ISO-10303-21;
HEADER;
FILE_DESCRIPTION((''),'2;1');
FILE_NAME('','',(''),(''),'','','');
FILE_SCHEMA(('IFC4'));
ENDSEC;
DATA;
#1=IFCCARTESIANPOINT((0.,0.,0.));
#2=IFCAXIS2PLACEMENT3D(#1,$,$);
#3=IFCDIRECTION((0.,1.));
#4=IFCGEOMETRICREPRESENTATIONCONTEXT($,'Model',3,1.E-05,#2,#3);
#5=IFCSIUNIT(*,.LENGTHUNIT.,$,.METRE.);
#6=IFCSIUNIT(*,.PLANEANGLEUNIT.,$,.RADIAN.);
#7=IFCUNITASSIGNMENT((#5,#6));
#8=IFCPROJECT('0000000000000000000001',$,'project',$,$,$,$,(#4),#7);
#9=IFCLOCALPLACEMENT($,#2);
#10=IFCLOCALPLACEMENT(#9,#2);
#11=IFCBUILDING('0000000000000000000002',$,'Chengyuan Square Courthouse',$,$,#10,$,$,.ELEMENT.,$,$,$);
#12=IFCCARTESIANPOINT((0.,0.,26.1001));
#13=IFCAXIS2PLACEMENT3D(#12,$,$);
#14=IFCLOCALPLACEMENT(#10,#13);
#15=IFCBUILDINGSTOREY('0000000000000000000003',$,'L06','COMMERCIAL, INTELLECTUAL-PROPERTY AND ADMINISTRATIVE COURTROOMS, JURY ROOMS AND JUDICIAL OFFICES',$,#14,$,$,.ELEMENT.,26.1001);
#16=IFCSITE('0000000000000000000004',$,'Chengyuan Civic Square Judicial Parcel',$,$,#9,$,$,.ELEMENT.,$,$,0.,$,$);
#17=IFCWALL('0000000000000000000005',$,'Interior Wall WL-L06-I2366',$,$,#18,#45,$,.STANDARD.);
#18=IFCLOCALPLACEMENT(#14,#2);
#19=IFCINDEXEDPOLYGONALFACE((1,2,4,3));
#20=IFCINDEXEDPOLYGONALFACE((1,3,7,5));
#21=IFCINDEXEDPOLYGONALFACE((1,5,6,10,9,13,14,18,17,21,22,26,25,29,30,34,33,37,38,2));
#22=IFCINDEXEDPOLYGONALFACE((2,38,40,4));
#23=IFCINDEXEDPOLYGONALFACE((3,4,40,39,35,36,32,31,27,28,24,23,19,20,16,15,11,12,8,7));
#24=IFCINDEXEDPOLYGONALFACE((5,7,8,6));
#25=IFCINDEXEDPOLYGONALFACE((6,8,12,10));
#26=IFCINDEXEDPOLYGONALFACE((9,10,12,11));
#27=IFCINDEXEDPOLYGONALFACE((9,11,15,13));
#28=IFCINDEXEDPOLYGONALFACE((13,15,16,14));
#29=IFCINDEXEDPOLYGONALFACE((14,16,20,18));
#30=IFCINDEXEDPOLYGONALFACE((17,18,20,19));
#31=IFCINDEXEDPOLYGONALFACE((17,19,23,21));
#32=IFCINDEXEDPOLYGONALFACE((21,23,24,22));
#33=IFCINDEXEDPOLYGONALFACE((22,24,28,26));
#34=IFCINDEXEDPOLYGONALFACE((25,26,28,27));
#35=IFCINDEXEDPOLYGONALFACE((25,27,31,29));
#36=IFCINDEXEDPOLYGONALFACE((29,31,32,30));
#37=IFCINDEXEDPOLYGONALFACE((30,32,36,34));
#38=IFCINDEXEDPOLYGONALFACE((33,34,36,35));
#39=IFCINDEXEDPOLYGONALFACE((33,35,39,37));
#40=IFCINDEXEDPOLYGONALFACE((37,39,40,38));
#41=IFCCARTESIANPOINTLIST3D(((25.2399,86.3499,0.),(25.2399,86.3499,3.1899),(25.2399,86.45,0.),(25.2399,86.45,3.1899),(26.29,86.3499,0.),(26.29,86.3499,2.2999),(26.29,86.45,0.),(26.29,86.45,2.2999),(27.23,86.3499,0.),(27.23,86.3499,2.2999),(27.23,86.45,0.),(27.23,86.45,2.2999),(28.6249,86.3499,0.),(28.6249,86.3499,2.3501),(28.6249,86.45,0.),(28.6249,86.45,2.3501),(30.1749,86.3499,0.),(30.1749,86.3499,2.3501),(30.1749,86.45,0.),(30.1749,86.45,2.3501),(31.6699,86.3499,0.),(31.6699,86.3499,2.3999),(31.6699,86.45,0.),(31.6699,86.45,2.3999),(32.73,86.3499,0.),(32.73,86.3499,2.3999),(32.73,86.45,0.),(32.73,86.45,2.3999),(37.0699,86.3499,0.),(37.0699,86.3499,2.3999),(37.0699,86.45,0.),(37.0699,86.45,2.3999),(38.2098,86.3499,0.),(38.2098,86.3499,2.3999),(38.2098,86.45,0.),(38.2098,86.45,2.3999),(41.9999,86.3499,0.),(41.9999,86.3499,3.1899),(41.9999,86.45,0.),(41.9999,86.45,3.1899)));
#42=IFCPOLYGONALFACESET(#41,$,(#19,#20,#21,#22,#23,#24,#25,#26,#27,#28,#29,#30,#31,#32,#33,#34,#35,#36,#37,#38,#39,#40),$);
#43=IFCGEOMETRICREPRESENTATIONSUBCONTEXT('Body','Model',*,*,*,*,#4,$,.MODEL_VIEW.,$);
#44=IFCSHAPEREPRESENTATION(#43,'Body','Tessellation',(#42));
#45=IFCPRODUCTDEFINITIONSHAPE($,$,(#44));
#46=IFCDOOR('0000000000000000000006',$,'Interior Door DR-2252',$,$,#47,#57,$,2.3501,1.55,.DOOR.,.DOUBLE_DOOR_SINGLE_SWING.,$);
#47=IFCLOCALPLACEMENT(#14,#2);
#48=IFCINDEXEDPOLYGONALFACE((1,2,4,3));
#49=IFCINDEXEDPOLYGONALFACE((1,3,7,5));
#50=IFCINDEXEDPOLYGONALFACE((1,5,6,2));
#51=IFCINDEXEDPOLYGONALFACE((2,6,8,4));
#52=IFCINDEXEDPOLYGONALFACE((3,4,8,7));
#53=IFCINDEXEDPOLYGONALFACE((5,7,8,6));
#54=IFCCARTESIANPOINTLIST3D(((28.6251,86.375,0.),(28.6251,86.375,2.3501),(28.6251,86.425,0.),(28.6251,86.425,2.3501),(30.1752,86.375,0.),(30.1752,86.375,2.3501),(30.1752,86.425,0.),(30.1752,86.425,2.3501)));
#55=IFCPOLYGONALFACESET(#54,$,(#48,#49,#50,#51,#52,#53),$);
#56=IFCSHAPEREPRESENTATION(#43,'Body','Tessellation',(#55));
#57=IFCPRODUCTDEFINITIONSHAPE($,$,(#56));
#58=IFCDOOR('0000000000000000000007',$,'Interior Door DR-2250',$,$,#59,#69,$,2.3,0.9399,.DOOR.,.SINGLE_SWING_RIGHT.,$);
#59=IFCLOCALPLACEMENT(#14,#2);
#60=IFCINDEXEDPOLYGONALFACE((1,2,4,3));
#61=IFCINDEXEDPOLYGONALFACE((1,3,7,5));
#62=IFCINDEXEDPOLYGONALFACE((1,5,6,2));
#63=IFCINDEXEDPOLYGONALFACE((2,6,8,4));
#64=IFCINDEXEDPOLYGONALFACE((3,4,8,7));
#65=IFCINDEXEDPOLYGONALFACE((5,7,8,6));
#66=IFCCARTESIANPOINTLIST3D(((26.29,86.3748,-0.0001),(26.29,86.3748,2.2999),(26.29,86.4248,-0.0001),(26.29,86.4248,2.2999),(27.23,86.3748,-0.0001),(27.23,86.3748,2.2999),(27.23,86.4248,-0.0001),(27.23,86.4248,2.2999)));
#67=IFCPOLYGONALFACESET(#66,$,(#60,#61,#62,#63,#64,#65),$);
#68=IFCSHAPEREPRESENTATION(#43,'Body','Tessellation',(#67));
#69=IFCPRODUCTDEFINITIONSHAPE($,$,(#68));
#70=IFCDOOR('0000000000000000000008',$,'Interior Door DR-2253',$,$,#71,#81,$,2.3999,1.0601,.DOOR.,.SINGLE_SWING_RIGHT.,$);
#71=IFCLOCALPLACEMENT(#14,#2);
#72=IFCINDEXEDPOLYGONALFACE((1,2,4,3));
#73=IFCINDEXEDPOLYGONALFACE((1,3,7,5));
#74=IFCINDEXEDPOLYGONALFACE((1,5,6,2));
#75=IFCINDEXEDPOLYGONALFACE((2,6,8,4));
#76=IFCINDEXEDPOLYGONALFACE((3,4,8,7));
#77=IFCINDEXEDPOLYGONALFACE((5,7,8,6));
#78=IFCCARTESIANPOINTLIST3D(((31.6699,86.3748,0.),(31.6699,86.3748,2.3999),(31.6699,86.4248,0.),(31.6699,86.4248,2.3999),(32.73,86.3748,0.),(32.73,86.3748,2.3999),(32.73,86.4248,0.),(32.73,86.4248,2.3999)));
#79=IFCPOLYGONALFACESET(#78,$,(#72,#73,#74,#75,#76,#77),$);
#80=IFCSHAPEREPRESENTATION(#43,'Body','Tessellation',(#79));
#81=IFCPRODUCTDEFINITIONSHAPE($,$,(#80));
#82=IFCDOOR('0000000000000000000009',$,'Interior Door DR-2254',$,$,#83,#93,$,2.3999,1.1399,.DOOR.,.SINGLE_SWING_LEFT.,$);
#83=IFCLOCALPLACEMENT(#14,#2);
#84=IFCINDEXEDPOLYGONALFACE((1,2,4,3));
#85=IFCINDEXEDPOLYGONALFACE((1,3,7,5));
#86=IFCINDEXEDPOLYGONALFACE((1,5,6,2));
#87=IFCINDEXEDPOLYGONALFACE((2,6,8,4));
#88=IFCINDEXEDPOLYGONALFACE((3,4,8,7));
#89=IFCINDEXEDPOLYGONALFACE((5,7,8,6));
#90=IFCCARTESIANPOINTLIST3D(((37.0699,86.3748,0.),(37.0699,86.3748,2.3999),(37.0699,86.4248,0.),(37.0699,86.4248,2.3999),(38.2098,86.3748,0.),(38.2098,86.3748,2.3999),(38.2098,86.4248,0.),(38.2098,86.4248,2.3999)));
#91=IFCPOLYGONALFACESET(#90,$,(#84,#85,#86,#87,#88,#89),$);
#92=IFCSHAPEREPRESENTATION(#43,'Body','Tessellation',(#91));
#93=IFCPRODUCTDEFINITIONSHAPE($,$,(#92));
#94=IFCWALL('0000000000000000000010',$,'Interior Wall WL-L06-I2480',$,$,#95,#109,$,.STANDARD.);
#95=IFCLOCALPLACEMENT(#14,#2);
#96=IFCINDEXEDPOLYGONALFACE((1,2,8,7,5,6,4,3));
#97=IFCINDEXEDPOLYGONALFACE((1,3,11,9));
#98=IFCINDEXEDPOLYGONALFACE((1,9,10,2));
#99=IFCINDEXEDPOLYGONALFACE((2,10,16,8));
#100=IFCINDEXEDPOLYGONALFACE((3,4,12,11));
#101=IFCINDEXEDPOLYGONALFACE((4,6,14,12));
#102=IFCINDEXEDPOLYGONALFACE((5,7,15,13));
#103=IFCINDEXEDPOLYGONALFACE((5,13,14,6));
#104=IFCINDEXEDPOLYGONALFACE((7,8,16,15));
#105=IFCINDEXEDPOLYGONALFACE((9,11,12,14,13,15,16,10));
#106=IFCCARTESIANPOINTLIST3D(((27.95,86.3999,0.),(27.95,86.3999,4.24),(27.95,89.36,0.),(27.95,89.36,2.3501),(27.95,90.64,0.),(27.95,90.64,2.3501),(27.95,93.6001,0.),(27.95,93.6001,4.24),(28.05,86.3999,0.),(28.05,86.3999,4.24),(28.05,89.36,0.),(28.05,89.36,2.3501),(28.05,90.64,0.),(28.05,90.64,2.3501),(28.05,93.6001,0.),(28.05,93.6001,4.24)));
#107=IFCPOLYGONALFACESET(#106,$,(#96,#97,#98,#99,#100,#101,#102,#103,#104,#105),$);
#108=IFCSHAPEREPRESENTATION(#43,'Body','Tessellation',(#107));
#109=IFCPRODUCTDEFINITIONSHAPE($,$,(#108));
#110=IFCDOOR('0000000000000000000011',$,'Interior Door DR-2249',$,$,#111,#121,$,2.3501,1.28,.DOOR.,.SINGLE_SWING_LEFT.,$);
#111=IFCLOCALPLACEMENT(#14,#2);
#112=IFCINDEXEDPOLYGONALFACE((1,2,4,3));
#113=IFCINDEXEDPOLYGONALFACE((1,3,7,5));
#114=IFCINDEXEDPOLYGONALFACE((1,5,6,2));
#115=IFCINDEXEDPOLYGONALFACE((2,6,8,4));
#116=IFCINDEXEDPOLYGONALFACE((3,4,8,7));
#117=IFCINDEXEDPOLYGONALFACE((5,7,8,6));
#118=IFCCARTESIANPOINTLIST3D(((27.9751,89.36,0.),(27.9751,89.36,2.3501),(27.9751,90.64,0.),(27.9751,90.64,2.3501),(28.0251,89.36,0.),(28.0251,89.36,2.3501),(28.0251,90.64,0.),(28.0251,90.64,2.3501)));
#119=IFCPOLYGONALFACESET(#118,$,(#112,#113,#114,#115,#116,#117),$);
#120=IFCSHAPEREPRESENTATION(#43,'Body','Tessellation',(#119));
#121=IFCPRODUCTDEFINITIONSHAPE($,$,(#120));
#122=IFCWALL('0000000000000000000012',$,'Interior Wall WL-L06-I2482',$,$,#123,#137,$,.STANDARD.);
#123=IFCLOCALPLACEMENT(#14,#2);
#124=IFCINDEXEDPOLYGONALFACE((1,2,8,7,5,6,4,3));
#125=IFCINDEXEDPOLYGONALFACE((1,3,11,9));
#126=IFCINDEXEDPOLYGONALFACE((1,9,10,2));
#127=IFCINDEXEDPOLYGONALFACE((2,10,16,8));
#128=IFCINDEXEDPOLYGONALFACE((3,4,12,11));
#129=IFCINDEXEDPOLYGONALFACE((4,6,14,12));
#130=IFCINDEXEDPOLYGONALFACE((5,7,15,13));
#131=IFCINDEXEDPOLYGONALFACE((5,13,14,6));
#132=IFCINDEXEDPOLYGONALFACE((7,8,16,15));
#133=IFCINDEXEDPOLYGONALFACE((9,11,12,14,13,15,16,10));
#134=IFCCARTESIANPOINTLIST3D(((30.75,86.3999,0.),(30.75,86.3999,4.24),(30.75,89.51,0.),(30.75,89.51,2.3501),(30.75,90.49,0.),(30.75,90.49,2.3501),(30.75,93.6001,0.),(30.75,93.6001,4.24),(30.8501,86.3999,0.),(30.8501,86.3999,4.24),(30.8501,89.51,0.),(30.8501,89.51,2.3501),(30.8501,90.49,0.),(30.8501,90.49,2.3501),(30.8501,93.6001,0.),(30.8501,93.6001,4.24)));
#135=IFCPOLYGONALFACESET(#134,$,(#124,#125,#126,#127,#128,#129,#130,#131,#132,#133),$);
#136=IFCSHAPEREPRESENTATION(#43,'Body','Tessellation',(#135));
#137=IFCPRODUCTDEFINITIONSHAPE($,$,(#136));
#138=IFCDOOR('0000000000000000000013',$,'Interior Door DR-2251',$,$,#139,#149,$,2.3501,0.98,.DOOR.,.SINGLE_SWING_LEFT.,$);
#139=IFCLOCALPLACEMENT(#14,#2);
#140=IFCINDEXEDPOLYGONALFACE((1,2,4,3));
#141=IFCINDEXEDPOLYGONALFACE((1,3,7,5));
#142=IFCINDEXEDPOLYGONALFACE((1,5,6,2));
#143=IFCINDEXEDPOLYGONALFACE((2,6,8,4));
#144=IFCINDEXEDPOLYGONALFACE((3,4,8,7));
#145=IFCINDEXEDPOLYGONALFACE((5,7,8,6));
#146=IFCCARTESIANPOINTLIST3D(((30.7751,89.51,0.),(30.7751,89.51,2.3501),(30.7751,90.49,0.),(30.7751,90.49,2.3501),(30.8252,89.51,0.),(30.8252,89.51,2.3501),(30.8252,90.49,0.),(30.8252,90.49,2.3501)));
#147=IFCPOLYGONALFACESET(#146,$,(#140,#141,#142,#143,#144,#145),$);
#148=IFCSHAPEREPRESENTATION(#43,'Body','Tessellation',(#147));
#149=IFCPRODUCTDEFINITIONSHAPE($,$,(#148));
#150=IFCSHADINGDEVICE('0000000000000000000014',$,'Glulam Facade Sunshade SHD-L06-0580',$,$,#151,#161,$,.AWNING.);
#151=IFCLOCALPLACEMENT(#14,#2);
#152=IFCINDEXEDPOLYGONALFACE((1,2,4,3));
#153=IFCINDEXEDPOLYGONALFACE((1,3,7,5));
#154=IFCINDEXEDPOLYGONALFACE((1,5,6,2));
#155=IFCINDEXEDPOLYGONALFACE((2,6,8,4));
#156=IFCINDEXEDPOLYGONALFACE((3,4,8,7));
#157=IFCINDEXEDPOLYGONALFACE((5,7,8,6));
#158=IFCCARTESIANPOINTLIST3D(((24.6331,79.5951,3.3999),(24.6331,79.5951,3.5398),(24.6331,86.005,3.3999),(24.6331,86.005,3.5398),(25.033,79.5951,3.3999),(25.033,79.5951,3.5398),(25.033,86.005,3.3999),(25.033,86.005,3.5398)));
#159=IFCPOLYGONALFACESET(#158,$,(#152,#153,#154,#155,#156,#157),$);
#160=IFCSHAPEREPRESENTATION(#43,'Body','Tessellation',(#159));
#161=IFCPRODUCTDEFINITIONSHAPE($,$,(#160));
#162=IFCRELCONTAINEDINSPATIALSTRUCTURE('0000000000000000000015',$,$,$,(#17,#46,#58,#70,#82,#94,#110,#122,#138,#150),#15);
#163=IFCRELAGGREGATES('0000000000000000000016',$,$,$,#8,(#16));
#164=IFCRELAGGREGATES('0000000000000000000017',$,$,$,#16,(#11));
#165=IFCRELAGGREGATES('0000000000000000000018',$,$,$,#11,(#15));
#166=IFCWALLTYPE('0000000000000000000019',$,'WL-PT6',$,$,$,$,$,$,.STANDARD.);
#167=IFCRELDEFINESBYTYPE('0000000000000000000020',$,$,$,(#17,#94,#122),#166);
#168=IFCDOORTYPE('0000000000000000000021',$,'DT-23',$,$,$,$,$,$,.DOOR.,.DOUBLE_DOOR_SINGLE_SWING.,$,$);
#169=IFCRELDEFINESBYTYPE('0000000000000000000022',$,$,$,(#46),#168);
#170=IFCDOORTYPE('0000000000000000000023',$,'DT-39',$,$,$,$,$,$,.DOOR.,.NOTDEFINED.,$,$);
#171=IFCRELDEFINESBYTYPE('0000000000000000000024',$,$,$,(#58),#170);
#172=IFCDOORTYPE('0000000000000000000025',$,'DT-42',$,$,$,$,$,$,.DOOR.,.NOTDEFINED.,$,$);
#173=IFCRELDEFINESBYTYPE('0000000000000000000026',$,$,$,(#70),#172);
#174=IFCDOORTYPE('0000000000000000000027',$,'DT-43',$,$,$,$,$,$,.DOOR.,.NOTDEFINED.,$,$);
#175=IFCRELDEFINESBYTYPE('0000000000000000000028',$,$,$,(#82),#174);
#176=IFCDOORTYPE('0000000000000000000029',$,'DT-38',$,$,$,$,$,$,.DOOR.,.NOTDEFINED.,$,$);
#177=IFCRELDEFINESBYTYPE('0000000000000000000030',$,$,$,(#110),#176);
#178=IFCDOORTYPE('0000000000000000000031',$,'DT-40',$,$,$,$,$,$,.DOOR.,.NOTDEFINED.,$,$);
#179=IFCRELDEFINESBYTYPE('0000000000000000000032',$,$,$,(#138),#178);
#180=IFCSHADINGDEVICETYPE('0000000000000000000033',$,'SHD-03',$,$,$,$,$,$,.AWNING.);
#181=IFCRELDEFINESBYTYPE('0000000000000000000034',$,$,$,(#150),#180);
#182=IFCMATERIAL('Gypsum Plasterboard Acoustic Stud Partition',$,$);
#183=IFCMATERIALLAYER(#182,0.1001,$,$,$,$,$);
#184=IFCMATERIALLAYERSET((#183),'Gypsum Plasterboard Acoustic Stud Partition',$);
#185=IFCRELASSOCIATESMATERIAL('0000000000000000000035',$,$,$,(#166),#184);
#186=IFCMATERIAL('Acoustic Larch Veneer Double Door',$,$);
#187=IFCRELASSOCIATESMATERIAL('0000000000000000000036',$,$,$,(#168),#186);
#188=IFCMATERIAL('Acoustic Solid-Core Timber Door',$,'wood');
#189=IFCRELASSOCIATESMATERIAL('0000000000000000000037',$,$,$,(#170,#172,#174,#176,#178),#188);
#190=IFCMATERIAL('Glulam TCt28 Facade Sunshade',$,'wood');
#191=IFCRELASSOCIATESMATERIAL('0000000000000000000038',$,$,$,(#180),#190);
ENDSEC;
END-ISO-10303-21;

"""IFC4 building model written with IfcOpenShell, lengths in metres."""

from ifc_helpers import new_model, si_unit, direction, frame, frame_2d, origin, origin_2d, place, context, subcontext, project, spatial, rectangle, extrude, material, layer, layer_set, type_object, element, fill, save


model = new_model("IFC4")

# Units and contexts
model_context = context("Model", 3, precision=1e-05, world=origin(), true_north=direction((0.0, 1.0)))
body_context = subcontext(model_context, "Body", "Model", "MODEL_VIEW")
ifc_project = project(units=[si_unit("LENGTHUNIT", "METRE"), si_unit("PLANEANGLEUNIT", "RADIAN")], contexts=[model_context])

# Site, building, storey
site_placement = place(None, origin())
site = spatial("IfcSite", under=ifc_project, at=site_placement, Name="Chengyuan Civic Square Judicial Parcel", CompositionType="ELEMENT", RefElevation=0.0)
building_placement = place(site_placement, origin())
building = spatial("IfcBuilding", under=site, at=building_placement, Name="Chengyuan Square Courthouse", CompositionType="ELEMENT")
storey_placement = place(building_placement, frame((0.0, 0.0, 26.1001)))
storey = spatial("IfcBuildingStorey", under=building, at=storey_placement, Name="L06", Description="COMMERCIAL, INTELLECTUAL-PROPERTY AND ADMINISTRATIVE COURTROOMS, JURY ROOMS AND JUDICIAL OFFICES", CompositionType="ELEMENT", Elevation=26.1001)

# Shared definitions
ifc_material_1 = material(Name="Acoustic Larch Veneer Double Door")
ifc_material_2 = material(Name="Gypsum Plasterboard Acoustic Stud Partition")
ifc_layer_1 = layer(ifc_material_2, 0.1001)
ifc_layer_set_1 = layer_set([ifc_layer_1], Name="Gypsum Plasterboard Acoustic Stud Partition")
wall_type_1 = type_object("IfcWallType", Name="WL-PT6", PredefinedType="STANDARD", material=ifc_layer_set_1)

# Wall, openings, doors
wall_1_placement = place(storey_placement, frame((25.24, 86.3999, 0.0), z_axis=(0.0, 0.0, 1.0), x_axis=(1.0, 0.0, 0.0)))
wall_1 = element("IfcWall", 1, at=wall_1_placement, inside=storey, type_object=wall_type_1, Name="Interior Wall WL-L06-I2366", PredefinedType="STANDARD", context=body_context, shape_type="SweptSolid", body=[
    extrude(rectangle(XDim=16.76, YDim=0.1001, at=frame_2d((8.3799, 0.0))), origin(), (0.0, 0.0, 1.0), 3.1899),
])
opening_1_placement = place(wall_1_placement, frame((1.05, 0.0, 0.0)))
opening_1 = element("IfcOpeningElement", 2, at=opening_1_placement, cuts=wall_1, PredefinedType="OPENING", context=body_context, shape_type="SweptSolid", body=[
    extrude(rectangle(XDim=0.9399, YDim=2.3, at=frame_2d((0.47, 1.1499))), frame((0.0, 0.062, 0.0), z_axis=(0.0, -1.0, 0.0), x_axis=(1.0, 0.0, 0.0)), (0.0, 0.0, 1.0), 0.124),
])
opening_2_placement = place(wall_1_placement, frame((3.385, 0.0, 0.0)))
opening_2 = element("IfcOpeningElement", 3, at=opening_2_placement, cuts=wall_1, PredefinedType="OPENING", context=body_context, shape_type="SweptSolid", body=[
    extrude(rectangle(XDim=1.55, YDim=2.3501, at=frame_2d((0.7749, 1.175))), frame((0.0, 0.062, 0.0), z_axis=(0.0, -1.0, 0.0), x_axis=(1.0, 0.0, 0.0)), (0.0, 0.0, 1.0), 0.124),
])
opening_3_placement = place(wall_1_placement, frame((6.4299, 0.0, 0.0)))
opening_3 = element("IfcOpeningElement", 4, at=opening_3_placement, cuts=wall_1, PredefinedType="OPENING", context=body_context, shape_type="SweptSolid", body=[
    extrude(rectangle(XDim=1.0601, YDim=2.3999, at=frame_2d((0.53, 1.2))), frame((0.0, 0.062, 0.0), z_axis=(0.0, -1.0, 0.0), x_axis=(1.0, 0.0, 0.0)), (0.0, 0.0, 1.0), 0.124),
])
opening_4_placement = place(wall_1_placement, frame((11.8301, 0.0, 0.0)))
opening_4 = element("IfcOpeningElement", 5, at=opening_4_placement, cuts=wall_1, PredefinedType="OPENING", context=body_context, shape_type="SweptSolid", body=[
    extrude(rectangle(XDim=1.1399, YDim=2.3999, at=frame_2d((0.5698, 1.2))), frame((0.0, 0.062, 0.0), z_axis=(0.0, -1.0, 0.0), x_axis=(1.0, 0.0, 0.0)), (0.0, 0.0, 1.0), 0.124),
])
door_type_1 = type_object("IfcDoorType", Name="DT-23", OperationType="DOUBLE_DOOR_SINGLE_SWING", PredefinedType="DOOR", material=ifc_material_1)
door_1_placement = place(opening_2_placement, frame((1.55, 0.0, 0.0), z_axis=(0.0, 0.0, 1.0), x_axis=(-1.0, 0.0, 0.0)))
door_1 = element("IfcDoor", 6, at=door_1_placement, inside=storey, type_object=door_type_1, Name="Interior Door DR-2252", OperationType="DOUBLE_DOOR_SINGLE_SWING", OverallHeight=2.3501, OverallWidth=1.55, PredefinedType="DOOR", context=body_context, shape_type="SweptSolid", body=[
    extrude(rectangle(XDim=1.55, YDim=2.3501, at=frame_2d((0.7749, 1.175))), frame((0.0, 0.0249, 0.0), z_axis=(0.0, -1.0, 0.0), x_axis=(1.0, 0.0, 0.0)), (0.0, 0.0, 1.0), 0.05),
])
fill(opening_2, door_1)
ifc_material_3 = material(Name="Acoustic Solid-Core Timber Door", Category="wood")
door_type_2 = type_object("IfcDoorType", Name="DT-39", OperationType="NOTDEFINED", PredefinedType="DOOR", material=ifc_material_3)
door_2_placement = place(opening_1_placement, origin())
door_2 = element("IfcDoor", 7, at=door_2_placement, inside=storey, type_object=door_type_2, Name="Interior Door DR-2250", OperationType="SINGLE_SWING_RIGHT", OverallHeight=2.3, OverallWidth=0.9399, PredefinedType="DOOR", context=body_context, shape_type="SweptSolid", body=[
    extrude(rectangle(XDim=0.9399, YDim=2.3, at=frame_2d((0.47, 1.1499))), frame((0.0, 0.0249, 0.0), z_axis=(0.0, -1.0, 0.0), x_axis=(1.0, 0.0, 0.0)), (0.0, 0.0, 1.0), 0.05),
])
fill(opening_1, door_2)
door_type_3 = type_object("IfcDoorType", Name="DT-42", OperationType="NOTDEFINED", PredefinedType="DOOR", material=ifc_material_3)
door_3_placement = place(opening_3_placement, origin())
door_3 = element("IfcDoor", 8, at=door_3_placement, inside=storey, type_object=door_type_3, Name="Interior Door DR-2253", OperationType="SINGLE_SWING_RIGHT", OverallHeight=2.3999, OverallWidth=1.0601, PredefinedType="DOOR", context=body_context, shape_type="SweptSolid", body=[
    extrude(rectangle(XDim=1.0601, YDim=2.3999, at=frame_2d((0.53, 1.2))), frame((0.0, 0.0249, 0.0), z_axis=(0.0, -1.0, 0.0), x_axis=(1.0, 0.0, 0.0)), (0.0, 0.0, 1.0), 0.05),
])
fill(opening_3, door_3)
door_type_4 = type_object("IfcDoorType", Name="DT-43", OperationType="NOTDEFINED", PredefinedType="DOOR", material=ifc_material_3)
door_4_placement = place(opening_4_placement, origin())
door_4 = element("IfcDoor", 9, at=door_4_placement, inside=storey, type_object=door_type_4, Name="Interior Door DR-2254", OperationType="SINGLE_SWING_LEFT", OverallHeight=2.3999, OverallWidth=1.1399, PredefinedType="DOOR", context=body_context, shape_type="SweptSolid", body=[
    extrude(rectangle(XDim=1.1399, YDim=2.3999, at=frame_2d((0.5698, 1.2))), frame((0.0, 0.0249, 0.0), z_axis=(0.0, -1.0, 0.0), x_axis=(1.0, 0.0, 0.0)), (0.0, 0.0, 1.0), 0.05),
])
fill(opening_4, door_4)

# Walls, openings, doors
wall_2_placement = place(storey_placement, frame((28.0, 86.3999, 0.0), z_axis=(0.0, 0.0, 1.0), x_axis=(0.0, 1.0, 0.0)))
wall_2 = element("IfcWall", 10, at=wall_2_placement, inside=storey, type_object=wall_type_1, Name="Interior Wall WL-L06-I2480", PredefinedType="STANDARD", context=body_context, shape_type="SweptSolid", body=[
    extrude(rectangle(XDim=7.2002, YDim=0.1001, at=frame_2d((3.6001, 0.0))), origin(), (0.0, 0.0, 1.0), 4.24),
])
opening_5_placement = place(wall_2_placement, frame((2.96, 0.0, 0.0)))
opening_5 = element("IfcOpeningElement", 11, at=opening_5_placement, cuts=wall_2, PredefinedType="OPENING", context=body_context, shape_type="SweptSolid", body=[
    extrude(rectangle(XDim=1.28, YDim=2.3501, at=frame_2d((0.6401, 1.175))), frame((0.0, 0.062, 0.0), z_axis=(0.0, -1.0, 0.0), x_axis=(1.0, 0.0, 0.0)), (0.0, 0.0, 1.0), 0.124),
])
door_type_5 = type_object("IfcDoorType", Name="DT-38", OperationType="NOTDEFINED", PredefinedType="DOOR", material=ifc_material_3)
door_5_placement = place(opening_5_placement, origin())
door_5 = element("IfcDoor", 12, at=door_5_placement, inside=storey, type_object=door_type_5, Name="Interior Door DR-2249", OperationType="SINGLE_SWING_LEFT", OverallHeight=2.3501, OverallWidth=1.28, PredefinedType="DOOR", context=body_context, shape_type="SweptSolid", body=[
    extrude(rectangle(XDim=1.28, YDim=2.3501, at=frame_2d((0.6401, 1.175))), frame((0.0, 0.0249, 0.0), z_axis=(0.0, -1.0, 0.0), x_axis=(1.0, 0.0, 0.0)), (0.0, 0.0, 1.0), 0.05),
])
fill(opening_5, door_5)
wall_3_placement = place(storey_placement, frame((30.8, 86.3999, 0.0), z_axis=(0.0, 0.0, 1.0), x_axis=(0.0, 1.0, 0.0)))
wall_3 = element("IfcWall", 13, at=wall_3_placement, inside=storey, type_object=wall_type_1, Name="Interior Wall WL-L06-I2482", PredefinedType="STANDARD", context=body_context, shape_type="SweptSolid", body=[
    extrude(rectangle(XDim=7.2002, YDim=0.1001, at=frame_2d((3.6001, 0.0))), origin(), (0.0, 0.0, 1.0), 4.24),
])
opening_6_placement = place(wall_3_placement, frame((3.1101, 0.0, 0.0)))
opening_6 = element("IfcOpeningElement", 14, at=opening_6_placement, cuts=wall_3, PredefinedType="OPENING", context=body_context, shape_type="SweptSolid", body=[
    extrude(rectangle(XDim=0.98, YDim=2.3501, at=frame_2d((0.49, 1.175))), frame((0.0, 0.062, 0.0), z_axis=(0.0, -1.0, 0.0), x_axis=(1.0, 0.0, 0.0)), (0.0, 0.0, 1.0), 0.124),
])
door_type_6 = type_object("IfcDoorType", Name="DT-40", OperationType="NOTDEFINED", PredefinedType="DOOR", material=ifc_material_3)
door_6_placement = place(opening_6_placement, origin())
door_6 = element("IfcDoor", 15, at=door_6_placement, inside=storey, type_object=door_type_6, Name="Interior Door DR-2251", OperationType="SINGLE_SWING_LEFT", OverallHeight=2.3501, OverallWidth=0.98, PredefinedType="DOOR", context=body_context, shape_type="SweptSolid", body=[
    extrude(rectangle(XDim=0.98, YDim=2.3501, at=frame_2d((0.49, 1.175))), frame((0.0, 0.0249, 0.0), z_axis=(0.0, -1.0, 0.0), x_axis=(1.0, 0.0, 0.0)), (0.0, 0.0, 1.0), 0.05),
])
fill(opening_6, door_6)

# Shading device
ifc_material_4 = material(Name="Glulam TCt28 Facade Sunshade", Category="wood")
shading_device_type = type_object("IfcShadingDeviceType", Name="SHD-03", PredefinedType="AWNING", material=ifc_material_4)
shading_device_placement = place(storey_placement, frame((24.833, 82.8, 3.3999), z_axis=(0.0, 0.0, 1.0), x_axis=(0.0, 1.0, 0.0)))
element("IfcShadingDevice", 16, at=shading_device_placement, inside=storey, type_object=shading_device_type, Name="Glulam Facade Sunshade SHD-L06-0580", PredefinedType="AWNING", context=body_context, shape_type="SweptSolid", body=[
    extrude(rectangle(XDim=6.4099, YDim=0.3999, at=origin_2d()), origin(), (0.0, 0.0, 1.0), 0.1399),
])

save(model, "model.ifc")
